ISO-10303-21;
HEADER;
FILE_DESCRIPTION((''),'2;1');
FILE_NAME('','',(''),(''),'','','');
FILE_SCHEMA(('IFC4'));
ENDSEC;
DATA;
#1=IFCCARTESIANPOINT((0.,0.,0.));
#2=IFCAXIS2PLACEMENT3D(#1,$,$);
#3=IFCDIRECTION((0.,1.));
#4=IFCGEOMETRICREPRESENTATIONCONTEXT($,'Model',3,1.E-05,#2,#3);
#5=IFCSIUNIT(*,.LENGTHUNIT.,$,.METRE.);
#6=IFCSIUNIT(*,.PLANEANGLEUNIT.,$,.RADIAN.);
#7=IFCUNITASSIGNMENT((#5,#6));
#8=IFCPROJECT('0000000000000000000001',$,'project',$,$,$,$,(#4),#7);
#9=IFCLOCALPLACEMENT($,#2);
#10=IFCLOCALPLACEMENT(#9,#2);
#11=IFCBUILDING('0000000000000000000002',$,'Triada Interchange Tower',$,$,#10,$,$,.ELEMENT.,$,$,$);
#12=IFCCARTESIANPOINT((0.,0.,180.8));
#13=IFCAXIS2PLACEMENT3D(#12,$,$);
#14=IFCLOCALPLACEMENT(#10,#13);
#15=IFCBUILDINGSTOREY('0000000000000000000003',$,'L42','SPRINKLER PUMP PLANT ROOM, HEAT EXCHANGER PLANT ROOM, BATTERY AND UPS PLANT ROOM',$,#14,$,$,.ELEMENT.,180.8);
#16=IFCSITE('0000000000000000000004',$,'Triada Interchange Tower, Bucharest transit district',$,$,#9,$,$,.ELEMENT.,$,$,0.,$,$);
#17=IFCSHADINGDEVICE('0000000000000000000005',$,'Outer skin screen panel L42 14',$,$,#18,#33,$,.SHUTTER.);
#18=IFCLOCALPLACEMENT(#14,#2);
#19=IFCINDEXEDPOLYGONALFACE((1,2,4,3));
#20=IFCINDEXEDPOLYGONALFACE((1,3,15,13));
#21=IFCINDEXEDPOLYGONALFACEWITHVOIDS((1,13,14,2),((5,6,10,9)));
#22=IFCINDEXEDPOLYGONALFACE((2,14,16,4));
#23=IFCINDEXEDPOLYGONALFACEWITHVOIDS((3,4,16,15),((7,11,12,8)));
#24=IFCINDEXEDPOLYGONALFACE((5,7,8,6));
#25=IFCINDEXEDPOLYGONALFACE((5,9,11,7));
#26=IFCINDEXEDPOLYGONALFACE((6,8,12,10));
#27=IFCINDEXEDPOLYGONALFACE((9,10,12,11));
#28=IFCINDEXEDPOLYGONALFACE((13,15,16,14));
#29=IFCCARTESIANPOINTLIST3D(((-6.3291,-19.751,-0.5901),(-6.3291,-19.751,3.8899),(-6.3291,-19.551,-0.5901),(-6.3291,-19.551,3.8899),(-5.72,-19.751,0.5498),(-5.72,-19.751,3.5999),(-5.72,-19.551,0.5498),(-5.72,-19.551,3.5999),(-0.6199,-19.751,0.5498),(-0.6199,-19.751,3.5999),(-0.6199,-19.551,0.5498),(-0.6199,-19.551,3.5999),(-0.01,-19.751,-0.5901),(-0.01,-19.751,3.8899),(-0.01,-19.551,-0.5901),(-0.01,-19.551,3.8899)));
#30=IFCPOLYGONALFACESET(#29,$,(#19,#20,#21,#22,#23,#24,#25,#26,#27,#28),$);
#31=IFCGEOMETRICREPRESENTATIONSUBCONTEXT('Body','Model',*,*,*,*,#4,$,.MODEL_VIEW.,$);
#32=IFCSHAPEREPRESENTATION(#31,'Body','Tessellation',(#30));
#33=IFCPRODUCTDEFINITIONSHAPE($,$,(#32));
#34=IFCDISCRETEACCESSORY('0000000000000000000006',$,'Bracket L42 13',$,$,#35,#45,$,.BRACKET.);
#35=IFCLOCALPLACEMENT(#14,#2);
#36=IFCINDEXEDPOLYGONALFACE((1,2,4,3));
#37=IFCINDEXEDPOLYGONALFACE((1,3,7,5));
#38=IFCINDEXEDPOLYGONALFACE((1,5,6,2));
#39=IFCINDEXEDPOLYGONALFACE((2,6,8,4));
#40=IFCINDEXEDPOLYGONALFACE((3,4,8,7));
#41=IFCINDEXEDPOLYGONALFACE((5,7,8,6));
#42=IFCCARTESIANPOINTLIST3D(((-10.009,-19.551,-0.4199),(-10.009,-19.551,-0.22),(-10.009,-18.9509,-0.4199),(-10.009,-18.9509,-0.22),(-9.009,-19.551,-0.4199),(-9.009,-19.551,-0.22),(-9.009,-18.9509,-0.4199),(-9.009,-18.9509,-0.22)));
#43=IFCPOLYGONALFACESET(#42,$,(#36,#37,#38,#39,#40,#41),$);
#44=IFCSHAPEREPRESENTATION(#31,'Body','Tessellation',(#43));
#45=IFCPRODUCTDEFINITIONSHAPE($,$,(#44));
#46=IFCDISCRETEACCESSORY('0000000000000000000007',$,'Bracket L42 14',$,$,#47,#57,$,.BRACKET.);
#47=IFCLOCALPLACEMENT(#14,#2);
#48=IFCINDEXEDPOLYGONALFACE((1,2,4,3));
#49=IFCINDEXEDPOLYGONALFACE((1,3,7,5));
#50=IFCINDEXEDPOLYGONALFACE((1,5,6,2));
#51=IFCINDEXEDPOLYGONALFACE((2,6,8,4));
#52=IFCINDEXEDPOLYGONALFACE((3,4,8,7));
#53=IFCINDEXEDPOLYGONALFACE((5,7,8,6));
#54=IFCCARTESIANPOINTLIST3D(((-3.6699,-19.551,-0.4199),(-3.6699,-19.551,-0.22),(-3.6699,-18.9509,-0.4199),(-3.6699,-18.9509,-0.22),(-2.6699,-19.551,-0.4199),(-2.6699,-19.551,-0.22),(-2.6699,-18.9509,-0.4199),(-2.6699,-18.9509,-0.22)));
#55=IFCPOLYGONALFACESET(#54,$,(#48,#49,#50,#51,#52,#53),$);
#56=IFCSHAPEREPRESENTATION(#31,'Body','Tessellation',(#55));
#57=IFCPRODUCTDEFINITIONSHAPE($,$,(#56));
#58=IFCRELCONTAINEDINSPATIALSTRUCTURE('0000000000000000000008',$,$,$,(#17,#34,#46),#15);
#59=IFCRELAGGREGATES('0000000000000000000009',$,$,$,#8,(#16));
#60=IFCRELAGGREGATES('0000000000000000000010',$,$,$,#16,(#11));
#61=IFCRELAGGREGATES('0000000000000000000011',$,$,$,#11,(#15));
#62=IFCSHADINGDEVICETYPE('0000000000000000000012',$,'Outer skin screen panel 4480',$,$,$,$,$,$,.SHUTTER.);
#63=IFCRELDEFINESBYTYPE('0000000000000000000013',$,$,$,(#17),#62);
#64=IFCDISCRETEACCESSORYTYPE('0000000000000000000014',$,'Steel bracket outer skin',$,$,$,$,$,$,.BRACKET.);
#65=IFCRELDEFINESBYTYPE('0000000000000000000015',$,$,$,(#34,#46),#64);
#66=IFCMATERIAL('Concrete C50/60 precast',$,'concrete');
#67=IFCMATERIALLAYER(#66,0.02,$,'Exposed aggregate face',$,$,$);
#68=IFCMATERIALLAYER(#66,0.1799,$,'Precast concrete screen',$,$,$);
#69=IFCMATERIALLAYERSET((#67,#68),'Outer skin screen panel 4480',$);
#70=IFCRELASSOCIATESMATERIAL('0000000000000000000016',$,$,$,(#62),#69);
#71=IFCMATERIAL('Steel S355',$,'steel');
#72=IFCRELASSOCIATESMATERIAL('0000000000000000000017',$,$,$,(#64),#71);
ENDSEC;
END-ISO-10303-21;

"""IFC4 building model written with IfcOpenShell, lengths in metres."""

from ifc_helpers import new_model, si_unit, direction, frame, origin, origin_2d, place, context, subcontext, project, spatial, polyline, rectangle, outline, extrude, material, layer, layer_set, type_object, element, save


model = new_model("IFC4")

# Units and contexts
model_context = context("Model", 3, precision=1e-05, world=origin(), true_north=direction((0.0, 1.0)))
body_context = subcontext(model_context, "Body", "Model", "MODEL_VIEW")
ifc_project = project(units=[si_unit("LENGTHUNIT", "METRE"), si_unit("PLANEANGLEUNIT", "RADIAN")], contexts=[model_context])

# Site, building, storey
site_placement = place(None, origin())
site = spatial("IfcSite", under=ifc_project, at=site_placement, Name="Triada Interchange Tower, Bucharest transit district", CompositionType="ELEMENT", RefElevation=0.0)
building_placement = place(site_placement, origin())
building = spatial("IfcBuilding", under=site, at=building_placement, Name="Triada Interchange Tower", CompositionType="ELEMENT")
storey_placement = place(building_placement, frame((0.0, 0.0, 180.8)))
storey = spatial("IfcBuildingStorey", under=building, at=storey_placement, Name="L42", Description="SPRINKLER PUMP PLANT ROOM, HEAT EXCHANGER PLANT ROOM, BATTERY AND UPS PLANT ROOM", CompositionType="ELEMENT", Elevation=180.8)

# Shared definitions
ifc_material_1 = material(Name="Steel S355", Category="steel")

# Shading device
ifc_material_2 = material(Name="Concrete C50/60 precast", Category="concrete")
ifc_layer_1 = layer(ifc_material_2, 0.02, Name="Exposed aggregate face")
ifc_layer_2 = layer(ifc_material_2, 0.1799, Name="Precast concrete screen")
ifc_layer_set_1 = layer_set([ifc_layer_1, ifc_layer_2], Name="Outer skin screen panel 4480")
shading_device_type = type_object("IfcShadingDeviceType", Name="Outer skin screen panel 4480", PredefinedType="SHUTTER", material=ifc_layer_set_1)
shading_device_1_placement = place(storey_placement, frame((-6.3291, -19.551, -0.5901), z_axis=(0.0, 0.0, 1.0), x_axis=(1.0, 0.0, 0.0)))
element("IfcShadingDevice", 1, at=shading_device_1_placement, inside=storey, type_object=shading_device_type, Name="Outer skin screen panel L42 14", PredefinedType="SHUTTER", context=body_context, shape_type="SweptSolid", body=[
    extrude(outline(polyline([(0.0, 0.0), (6.3191, 0.0), (6.3191, 4.48), (0.0, 4.48), (0.0, 0.0)]), holes=[polyline([(0.6091, 1.1399), (0.6091, 4.1899), (5.7092, 4.1899), (5.7092, 1.1399), (0.6091, 1.1399)])]), frame((0.0, 0.0, 0.0), z_axis=(0.0, -1.0, 0.0), x_axis=(1.0, 0.0, 0.0)), (0.0, 0.0, 1.0), 0.2),
])

# Discrete accessories
discrete_accessory_type = type_object("IfcDiscreteAccessoryType", Name="Steel bracket outer skin", PredefinedType="BRACKET", material=ifc_material_1)
for number, where, z_axis, x_axis, name in (
    (2, (-9.509, -19.251, -0.4199), (0.0, 0.0, 1.0), (0.0, -1.0, 0.0), "Bracket L42 13"),
    (3, (-3.1699, -19.251, -0.4199), (0.0, 0.0, 1.0), (0.0, -1.0, 0.0), "Bracket L42 14"),
):
    element("IfcDiscreteAccessory", number, at=place(storey_placement, frame(where, z_axis=z_axis, x_axis=x_axis)), inside=storey, type_object=discrete_accessory_type, Name=name, PredefinedType="BRACKET", context=body_context, shape_type="SweptSolid", body=[
        extrude(rectangle(XDim=0.6001, YDim=1.0, at=origin_2d()), origin(), (0.0, 0.0, 1.0), 0.2),
    ])

save(model, "model.ifc")
